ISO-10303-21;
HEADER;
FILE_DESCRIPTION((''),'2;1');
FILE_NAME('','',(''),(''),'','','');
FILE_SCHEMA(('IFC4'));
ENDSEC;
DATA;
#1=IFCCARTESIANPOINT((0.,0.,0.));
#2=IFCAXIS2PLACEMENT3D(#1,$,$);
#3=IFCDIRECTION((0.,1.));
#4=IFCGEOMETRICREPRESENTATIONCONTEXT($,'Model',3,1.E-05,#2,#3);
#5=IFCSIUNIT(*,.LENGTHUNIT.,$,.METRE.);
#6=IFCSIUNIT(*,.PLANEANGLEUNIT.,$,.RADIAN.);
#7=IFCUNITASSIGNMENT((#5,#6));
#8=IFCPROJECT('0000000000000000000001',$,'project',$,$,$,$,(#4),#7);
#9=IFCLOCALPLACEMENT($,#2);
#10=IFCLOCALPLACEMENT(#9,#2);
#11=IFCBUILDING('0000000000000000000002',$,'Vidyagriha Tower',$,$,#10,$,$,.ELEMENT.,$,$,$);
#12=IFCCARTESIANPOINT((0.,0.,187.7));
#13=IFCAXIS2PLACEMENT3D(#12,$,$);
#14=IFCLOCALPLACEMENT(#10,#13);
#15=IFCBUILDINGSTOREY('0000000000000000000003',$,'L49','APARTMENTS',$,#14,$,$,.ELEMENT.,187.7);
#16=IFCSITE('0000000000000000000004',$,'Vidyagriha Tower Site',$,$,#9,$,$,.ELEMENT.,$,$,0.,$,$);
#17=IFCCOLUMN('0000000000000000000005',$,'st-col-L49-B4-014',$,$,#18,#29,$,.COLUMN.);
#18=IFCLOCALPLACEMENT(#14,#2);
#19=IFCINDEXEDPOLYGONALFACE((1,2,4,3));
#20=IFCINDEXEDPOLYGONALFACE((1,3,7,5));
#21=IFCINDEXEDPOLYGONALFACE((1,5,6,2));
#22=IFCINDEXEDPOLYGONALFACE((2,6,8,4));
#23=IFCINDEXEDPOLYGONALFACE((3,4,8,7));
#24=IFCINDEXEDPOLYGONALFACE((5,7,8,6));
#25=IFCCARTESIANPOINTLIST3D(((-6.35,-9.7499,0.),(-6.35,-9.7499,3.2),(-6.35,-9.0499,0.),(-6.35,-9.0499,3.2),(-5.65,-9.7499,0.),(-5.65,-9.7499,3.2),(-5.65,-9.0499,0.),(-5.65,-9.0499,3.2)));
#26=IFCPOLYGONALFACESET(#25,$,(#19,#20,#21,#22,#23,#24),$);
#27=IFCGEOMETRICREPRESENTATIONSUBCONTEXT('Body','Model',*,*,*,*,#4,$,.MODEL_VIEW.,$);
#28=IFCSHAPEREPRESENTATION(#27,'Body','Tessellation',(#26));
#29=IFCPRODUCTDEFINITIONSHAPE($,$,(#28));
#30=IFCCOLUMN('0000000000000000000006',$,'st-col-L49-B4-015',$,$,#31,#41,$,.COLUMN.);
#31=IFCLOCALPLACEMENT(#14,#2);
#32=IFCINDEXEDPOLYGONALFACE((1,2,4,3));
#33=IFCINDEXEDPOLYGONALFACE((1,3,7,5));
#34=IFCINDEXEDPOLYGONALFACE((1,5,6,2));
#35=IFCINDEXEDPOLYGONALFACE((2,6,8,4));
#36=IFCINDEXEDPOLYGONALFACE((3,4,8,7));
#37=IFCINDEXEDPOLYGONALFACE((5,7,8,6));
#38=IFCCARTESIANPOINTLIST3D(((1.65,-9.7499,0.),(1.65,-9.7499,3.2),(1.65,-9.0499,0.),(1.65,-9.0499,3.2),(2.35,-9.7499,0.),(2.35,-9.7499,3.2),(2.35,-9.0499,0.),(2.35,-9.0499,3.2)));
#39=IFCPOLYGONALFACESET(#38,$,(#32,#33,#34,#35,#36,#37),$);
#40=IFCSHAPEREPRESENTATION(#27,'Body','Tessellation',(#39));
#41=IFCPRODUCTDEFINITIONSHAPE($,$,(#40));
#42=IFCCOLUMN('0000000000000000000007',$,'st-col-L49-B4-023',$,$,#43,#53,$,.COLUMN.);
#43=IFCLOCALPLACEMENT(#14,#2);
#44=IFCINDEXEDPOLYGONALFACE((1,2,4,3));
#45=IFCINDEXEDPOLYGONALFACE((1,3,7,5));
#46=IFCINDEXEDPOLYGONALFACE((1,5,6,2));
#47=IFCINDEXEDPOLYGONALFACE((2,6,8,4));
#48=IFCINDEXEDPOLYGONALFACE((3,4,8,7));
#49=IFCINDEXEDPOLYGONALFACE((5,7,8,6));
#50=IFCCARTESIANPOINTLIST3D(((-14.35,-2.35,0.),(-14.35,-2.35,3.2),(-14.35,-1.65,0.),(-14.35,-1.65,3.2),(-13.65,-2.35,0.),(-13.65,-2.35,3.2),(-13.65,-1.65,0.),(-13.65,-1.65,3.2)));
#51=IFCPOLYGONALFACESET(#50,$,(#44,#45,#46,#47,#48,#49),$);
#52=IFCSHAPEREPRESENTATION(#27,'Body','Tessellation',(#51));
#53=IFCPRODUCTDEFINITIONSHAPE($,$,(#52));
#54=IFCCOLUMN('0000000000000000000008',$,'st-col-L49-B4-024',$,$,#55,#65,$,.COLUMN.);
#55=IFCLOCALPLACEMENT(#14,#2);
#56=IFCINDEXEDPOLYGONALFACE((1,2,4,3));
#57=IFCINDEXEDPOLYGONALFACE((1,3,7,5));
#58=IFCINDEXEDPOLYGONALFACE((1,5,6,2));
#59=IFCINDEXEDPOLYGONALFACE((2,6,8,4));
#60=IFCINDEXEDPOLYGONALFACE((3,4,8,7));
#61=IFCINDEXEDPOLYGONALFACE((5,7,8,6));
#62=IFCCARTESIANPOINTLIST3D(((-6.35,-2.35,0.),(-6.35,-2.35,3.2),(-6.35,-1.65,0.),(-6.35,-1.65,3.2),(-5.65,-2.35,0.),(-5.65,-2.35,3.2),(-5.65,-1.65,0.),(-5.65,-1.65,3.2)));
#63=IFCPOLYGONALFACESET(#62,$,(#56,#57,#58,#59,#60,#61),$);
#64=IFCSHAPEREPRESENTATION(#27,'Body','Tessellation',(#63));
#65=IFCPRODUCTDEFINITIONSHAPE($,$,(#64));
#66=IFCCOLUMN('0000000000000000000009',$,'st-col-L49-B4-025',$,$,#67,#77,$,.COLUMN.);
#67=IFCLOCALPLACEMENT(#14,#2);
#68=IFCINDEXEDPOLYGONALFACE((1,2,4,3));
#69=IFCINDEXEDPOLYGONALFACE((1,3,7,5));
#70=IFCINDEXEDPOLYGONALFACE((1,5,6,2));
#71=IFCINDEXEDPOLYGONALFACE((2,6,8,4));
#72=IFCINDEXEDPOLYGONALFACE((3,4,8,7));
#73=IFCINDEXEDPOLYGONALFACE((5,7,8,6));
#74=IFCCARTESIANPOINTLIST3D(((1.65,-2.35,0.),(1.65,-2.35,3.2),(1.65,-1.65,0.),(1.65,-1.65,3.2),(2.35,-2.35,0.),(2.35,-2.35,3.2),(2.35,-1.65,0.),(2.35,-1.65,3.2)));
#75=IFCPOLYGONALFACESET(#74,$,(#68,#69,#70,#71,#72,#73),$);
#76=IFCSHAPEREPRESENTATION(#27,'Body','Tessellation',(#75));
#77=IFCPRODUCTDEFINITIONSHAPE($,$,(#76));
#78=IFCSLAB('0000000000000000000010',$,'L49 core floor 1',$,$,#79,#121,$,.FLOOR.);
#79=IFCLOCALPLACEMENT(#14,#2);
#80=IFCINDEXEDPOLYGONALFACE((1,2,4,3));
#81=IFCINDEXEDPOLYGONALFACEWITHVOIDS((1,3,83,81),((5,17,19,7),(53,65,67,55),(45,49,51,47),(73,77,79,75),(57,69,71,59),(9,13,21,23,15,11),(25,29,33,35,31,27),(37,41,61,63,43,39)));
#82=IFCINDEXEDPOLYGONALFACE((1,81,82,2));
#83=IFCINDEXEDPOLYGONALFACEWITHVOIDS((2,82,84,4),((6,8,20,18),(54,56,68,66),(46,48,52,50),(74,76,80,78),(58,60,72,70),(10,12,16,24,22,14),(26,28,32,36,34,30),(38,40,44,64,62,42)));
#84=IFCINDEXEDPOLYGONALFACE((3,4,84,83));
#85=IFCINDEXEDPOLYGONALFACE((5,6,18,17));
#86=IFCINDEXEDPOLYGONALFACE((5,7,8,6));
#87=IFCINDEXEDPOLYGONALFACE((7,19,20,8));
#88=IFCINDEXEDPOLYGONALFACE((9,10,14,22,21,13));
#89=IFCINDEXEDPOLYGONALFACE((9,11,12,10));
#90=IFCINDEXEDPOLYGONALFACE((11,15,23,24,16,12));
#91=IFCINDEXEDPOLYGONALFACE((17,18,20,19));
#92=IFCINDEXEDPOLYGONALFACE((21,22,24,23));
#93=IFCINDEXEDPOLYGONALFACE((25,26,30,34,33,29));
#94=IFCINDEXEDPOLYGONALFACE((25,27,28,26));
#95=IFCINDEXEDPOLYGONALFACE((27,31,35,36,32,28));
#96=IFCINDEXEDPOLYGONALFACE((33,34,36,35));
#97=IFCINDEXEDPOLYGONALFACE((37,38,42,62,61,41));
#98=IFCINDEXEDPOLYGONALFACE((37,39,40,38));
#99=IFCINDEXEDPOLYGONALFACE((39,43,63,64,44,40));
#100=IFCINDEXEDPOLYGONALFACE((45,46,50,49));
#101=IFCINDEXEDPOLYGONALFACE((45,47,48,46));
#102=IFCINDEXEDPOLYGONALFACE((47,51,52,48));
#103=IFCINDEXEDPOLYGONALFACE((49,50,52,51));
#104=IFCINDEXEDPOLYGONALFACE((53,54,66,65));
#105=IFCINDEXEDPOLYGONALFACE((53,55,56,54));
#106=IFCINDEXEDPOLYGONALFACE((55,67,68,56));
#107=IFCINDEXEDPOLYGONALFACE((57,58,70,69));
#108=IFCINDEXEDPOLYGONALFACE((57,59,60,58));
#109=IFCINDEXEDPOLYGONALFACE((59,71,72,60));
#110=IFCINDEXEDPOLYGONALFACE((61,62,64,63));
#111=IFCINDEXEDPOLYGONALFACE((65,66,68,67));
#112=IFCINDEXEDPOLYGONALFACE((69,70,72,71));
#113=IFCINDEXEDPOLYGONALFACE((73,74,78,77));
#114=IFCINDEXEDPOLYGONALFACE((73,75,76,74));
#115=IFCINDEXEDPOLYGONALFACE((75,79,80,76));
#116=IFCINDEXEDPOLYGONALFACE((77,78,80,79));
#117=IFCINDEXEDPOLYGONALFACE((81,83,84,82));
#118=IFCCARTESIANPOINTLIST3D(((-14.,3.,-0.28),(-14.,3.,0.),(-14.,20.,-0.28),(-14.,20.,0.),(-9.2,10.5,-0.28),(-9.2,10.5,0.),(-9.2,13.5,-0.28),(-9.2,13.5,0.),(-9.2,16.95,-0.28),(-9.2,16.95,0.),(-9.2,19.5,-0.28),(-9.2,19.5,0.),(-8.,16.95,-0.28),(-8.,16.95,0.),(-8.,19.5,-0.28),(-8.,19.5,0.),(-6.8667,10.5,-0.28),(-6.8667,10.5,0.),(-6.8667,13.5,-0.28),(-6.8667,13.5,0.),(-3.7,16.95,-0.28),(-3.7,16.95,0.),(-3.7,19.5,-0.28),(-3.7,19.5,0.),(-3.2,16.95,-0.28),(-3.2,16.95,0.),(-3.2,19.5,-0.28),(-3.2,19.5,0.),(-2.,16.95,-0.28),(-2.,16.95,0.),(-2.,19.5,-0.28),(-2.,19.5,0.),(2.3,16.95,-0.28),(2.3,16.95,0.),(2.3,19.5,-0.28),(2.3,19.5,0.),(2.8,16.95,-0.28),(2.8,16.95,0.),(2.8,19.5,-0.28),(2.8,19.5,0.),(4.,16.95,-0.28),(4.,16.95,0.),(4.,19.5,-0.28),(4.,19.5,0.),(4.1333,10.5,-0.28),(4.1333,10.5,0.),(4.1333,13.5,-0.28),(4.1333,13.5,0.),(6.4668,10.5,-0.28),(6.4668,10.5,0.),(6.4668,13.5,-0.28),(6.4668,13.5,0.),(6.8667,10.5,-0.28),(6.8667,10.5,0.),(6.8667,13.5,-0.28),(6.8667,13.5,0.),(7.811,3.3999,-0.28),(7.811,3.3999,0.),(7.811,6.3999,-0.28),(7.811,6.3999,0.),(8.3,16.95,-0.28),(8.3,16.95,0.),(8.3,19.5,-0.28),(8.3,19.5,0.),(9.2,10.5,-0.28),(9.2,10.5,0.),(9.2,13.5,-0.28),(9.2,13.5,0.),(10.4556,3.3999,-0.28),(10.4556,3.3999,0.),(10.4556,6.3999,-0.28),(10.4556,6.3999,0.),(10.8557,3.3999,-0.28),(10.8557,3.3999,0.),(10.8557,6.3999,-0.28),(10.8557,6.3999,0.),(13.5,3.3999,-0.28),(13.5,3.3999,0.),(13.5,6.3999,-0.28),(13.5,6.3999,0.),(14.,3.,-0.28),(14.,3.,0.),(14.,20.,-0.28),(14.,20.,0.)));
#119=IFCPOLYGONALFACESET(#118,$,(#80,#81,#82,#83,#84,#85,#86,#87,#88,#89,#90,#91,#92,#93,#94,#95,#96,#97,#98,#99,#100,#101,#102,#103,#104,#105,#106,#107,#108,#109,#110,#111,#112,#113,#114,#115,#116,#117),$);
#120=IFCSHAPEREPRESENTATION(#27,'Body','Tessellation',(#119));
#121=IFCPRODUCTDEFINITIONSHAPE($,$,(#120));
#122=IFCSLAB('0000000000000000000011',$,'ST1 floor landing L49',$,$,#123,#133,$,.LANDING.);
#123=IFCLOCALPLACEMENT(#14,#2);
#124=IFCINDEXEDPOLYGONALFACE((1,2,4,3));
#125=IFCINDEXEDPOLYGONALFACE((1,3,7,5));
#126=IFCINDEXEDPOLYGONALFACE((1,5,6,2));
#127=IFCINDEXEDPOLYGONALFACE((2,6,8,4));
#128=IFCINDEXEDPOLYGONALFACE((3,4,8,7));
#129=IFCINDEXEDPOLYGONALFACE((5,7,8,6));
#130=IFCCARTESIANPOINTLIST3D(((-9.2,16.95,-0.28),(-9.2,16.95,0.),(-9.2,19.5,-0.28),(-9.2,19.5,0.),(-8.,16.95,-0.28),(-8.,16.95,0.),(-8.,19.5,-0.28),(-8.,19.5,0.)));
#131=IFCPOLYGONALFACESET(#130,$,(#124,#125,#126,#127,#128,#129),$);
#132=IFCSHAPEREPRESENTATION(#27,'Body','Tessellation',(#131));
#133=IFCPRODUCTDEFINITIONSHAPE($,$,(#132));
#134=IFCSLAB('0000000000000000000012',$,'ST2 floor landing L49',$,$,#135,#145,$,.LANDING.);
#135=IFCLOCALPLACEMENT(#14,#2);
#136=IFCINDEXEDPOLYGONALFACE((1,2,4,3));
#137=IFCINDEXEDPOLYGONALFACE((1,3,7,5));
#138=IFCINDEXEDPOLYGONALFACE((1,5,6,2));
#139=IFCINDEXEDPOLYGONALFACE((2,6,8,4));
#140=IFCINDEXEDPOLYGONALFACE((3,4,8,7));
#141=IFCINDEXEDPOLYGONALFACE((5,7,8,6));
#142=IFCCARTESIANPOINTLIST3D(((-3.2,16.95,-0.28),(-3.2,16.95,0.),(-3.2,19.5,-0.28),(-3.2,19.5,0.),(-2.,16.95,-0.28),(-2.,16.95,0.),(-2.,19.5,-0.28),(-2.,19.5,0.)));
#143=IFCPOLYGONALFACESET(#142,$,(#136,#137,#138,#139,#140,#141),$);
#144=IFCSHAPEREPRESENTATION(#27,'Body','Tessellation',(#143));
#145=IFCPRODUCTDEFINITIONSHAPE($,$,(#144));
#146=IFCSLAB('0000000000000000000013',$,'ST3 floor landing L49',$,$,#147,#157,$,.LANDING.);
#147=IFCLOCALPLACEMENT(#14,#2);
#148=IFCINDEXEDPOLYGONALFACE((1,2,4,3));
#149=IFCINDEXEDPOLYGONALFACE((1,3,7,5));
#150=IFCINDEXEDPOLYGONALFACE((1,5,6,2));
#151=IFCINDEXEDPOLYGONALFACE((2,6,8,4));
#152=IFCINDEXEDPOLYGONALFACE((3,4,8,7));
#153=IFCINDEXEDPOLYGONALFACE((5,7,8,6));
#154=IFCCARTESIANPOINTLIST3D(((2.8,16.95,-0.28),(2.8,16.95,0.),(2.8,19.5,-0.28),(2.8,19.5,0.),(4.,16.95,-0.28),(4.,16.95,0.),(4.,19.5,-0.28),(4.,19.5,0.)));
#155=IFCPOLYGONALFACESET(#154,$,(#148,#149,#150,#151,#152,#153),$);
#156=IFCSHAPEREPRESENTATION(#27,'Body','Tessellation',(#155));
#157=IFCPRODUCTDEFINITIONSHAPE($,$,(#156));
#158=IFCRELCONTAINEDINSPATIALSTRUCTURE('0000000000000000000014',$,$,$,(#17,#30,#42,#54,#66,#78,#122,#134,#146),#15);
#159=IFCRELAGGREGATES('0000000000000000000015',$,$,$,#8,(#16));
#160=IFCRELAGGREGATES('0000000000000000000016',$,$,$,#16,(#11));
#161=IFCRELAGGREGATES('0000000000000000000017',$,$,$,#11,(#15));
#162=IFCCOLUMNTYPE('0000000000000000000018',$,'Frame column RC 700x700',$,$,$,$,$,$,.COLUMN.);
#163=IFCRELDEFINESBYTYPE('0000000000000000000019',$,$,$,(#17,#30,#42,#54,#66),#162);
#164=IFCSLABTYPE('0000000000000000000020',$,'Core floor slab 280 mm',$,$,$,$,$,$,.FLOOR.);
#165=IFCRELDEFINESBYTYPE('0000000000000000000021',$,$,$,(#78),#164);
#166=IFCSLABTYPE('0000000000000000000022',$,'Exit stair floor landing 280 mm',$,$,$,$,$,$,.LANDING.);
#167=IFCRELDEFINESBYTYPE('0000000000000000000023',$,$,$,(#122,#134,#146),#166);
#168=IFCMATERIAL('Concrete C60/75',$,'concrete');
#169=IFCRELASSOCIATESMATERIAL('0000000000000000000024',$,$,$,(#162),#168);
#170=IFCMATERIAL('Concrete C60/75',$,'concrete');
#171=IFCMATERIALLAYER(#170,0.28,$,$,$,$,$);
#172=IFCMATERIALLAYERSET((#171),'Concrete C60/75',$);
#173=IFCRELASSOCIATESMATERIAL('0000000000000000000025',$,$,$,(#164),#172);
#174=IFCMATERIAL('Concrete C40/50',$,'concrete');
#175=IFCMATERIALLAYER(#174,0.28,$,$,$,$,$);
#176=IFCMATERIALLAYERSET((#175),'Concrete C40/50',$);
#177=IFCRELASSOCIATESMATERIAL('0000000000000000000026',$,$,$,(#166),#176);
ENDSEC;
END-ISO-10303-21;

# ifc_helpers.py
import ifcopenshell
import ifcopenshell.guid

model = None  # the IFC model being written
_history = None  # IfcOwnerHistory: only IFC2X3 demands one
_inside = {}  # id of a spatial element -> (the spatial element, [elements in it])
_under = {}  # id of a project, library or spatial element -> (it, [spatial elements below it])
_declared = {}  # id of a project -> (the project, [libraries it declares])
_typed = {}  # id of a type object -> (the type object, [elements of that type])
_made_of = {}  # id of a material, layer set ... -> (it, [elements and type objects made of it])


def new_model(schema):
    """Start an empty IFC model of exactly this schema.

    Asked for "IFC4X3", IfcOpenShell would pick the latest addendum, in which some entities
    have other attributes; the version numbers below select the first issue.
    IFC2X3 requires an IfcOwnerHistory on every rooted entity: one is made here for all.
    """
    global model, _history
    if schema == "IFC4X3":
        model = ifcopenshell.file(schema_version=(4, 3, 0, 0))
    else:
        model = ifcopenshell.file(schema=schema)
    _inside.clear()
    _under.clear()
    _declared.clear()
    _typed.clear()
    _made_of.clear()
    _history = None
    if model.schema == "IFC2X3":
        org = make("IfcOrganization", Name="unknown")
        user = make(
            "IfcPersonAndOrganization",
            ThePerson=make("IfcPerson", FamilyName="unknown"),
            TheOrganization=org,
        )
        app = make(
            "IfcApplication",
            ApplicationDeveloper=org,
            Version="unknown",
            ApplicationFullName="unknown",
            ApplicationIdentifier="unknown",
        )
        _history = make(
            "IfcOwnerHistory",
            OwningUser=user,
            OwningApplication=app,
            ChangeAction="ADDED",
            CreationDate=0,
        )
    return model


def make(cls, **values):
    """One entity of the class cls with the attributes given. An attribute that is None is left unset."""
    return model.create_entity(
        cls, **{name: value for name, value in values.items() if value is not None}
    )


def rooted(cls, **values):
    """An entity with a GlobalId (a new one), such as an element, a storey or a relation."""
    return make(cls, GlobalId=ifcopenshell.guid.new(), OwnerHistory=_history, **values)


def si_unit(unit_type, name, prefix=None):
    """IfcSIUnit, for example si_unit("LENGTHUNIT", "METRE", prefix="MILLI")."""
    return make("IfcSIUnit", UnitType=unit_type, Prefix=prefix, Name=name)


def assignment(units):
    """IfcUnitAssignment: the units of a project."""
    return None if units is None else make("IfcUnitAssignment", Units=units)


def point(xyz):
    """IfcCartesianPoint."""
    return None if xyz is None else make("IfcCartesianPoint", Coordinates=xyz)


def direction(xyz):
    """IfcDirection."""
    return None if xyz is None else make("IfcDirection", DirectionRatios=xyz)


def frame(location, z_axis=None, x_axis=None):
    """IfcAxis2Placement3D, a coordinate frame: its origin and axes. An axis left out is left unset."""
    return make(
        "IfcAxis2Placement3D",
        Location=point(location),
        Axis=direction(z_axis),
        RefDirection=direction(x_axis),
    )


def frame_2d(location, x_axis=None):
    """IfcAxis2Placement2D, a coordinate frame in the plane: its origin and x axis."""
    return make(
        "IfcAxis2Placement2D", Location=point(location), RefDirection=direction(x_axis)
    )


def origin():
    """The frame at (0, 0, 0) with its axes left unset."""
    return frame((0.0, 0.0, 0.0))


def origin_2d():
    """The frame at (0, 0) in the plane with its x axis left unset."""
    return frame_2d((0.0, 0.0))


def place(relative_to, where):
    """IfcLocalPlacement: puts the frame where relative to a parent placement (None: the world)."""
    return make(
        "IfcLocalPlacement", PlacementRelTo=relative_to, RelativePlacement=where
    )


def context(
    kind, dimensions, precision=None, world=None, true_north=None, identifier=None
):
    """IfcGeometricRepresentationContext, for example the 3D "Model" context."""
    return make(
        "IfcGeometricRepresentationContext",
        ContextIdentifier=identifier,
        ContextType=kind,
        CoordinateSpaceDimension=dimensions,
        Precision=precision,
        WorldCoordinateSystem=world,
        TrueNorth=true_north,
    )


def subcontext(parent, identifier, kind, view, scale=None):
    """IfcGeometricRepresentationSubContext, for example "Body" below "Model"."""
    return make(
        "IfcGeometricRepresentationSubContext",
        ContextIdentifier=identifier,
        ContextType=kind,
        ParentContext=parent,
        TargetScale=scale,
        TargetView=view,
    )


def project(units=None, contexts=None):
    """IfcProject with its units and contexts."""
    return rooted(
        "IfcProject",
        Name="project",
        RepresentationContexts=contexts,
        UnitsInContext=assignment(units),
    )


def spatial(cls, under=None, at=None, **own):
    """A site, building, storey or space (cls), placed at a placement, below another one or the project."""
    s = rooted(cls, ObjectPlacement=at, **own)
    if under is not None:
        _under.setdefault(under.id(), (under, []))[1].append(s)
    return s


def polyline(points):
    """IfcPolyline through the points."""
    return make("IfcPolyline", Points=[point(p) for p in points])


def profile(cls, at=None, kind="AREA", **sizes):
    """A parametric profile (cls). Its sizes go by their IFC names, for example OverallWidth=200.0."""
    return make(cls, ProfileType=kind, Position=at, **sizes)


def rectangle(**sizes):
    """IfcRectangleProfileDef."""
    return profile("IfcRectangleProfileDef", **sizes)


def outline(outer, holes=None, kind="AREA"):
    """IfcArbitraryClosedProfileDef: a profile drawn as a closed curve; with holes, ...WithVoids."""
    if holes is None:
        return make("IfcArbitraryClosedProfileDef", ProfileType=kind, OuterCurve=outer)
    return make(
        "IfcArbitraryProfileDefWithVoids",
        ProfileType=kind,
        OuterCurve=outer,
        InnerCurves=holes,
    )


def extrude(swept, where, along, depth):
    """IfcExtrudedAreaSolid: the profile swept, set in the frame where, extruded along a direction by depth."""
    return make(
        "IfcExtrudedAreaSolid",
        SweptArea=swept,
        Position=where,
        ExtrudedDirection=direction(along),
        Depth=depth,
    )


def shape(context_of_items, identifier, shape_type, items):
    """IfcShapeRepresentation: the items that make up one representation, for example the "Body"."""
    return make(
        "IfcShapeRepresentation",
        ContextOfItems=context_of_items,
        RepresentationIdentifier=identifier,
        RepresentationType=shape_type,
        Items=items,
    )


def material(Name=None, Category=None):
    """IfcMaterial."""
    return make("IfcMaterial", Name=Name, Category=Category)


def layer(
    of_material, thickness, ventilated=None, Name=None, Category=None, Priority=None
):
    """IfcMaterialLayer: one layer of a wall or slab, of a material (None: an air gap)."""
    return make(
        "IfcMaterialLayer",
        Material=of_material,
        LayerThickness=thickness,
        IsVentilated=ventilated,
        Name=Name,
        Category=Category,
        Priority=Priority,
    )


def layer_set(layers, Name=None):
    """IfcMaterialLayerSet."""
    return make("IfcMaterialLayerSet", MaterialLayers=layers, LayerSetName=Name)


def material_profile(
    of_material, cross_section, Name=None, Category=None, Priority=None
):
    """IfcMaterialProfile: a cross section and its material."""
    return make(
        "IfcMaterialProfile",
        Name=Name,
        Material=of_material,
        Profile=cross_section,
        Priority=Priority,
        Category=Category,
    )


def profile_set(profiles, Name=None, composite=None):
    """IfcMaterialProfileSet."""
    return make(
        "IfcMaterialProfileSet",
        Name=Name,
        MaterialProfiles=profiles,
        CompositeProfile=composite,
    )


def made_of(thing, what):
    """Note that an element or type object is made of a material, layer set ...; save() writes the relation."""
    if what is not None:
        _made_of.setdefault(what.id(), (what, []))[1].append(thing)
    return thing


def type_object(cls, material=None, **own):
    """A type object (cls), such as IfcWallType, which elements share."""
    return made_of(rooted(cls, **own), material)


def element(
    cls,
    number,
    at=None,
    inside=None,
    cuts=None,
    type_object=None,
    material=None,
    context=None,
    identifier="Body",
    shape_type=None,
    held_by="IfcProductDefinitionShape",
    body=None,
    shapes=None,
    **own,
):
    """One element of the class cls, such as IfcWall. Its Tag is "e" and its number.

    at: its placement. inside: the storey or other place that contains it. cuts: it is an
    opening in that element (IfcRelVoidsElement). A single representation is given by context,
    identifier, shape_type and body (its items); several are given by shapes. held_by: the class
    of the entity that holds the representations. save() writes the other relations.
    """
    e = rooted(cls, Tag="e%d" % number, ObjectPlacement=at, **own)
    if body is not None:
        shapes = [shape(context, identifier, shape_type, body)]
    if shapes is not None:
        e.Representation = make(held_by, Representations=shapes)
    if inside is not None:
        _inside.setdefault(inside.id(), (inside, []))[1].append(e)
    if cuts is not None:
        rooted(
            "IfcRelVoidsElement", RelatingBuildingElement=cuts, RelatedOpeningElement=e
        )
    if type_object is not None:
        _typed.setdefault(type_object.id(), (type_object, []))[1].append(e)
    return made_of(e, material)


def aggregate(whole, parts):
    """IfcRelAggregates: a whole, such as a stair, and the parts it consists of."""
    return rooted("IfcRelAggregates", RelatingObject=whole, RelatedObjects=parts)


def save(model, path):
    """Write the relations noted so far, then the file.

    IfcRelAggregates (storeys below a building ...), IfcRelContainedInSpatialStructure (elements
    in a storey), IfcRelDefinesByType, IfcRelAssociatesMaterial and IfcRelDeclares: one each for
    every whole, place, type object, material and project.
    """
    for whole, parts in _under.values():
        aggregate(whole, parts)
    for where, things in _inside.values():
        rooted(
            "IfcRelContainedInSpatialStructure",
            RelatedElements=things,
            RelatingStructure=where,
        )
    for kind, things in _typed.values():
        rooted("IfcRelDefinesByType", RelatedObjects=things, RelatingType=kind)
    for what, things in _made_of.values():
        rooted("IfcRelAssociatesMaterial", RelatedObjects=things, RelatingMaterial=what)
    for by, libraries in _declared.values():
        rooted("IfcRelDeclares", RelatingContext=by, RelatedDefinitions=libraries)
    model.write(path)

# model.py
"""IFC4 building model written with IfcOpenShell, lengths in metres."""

from ifc_helpers import new_model, si_unit, direction, frame, origin, origin_2d, place, context, subcontext, project, spatial, polyline, rectangle, outline, extrude, material, layer, layer_set, material_profile, profile_set, type_object, element, save


model = new_model("IFC4")

# Units and contexts
model_context = context("Model", 3, precision=1e-05, world=origin(), true_north=direction((0.0, 1.0)))
body_context = subcontext(model_context, "Body", "Model", "MODEL_VIEW")
ifc_project = project(units=[si_unit("LENGTHUNIT", "METRE"), si_unit("PLANEANGLEUNIT", "RADIAN")], contexts=[model_context])

# Site, building, storey
site_placement = place(None, origin())
site = spatial("IfcSite", under=ifc_project, at=site_placement, Name="Vidyagriha Tower Site", CompositionType="ELEMENT", RefElevation=0.0)
building_placement = place(site_placement, origin())
building = spatial("IfcBuilding", under=site, at=building_placement, Name="Vidyagriha Tower", CompositionType="ELEMENT")
storey_placement = place(building_placement, frame((0.0, 0.0, 187.7)))
storey = spatial("IfcBuildingStorey", under=building, at=storey_placement, Name="L49", Description="APARTMENTS", CompositionType="ELEMENT", Elevation=187.7)

# Columns
ifc_material_1 = material(Name="Concrete C60/75", Category="concrete")
ifc_material_profile = material_profile(ifc_material_1, rectangle(XDim=0.7, YDim=0.7, at=origin_2d()), Name="RC 700x700")
ifc_profile_set = profile_set([ifc_material_profile], Name="Concrete C60/75")
column_type = type_object("IfcColumnType", Name="Frame column RC 700x700", PredefinedType="COLUMN", material=ifc_profile_set)
for number, where, name in (
    (1, (-6.0, -9.3999, 0.0), "st-col-L49-B4-014"),
    (2, (2.0, -9.3999, 0.0), "st-col-L49-B4-015"),
    (3, (-14.0, -2.0, 0.0), "st-col-L49-B4-023"),
    (4, (-6.0, -2.0, 0.0), "st-col-L49-B4-024"),
    (5, (2.0, -2.0, 0.0), "st-col-L49-B4-025"),
):
    element("IfcColumn", number, at=place(storey_placement, frame(where)), inside=storey, type_object=column_type, Name=name, PredefinedType="COLUMN", context=body_context, shape_type="SweptSolid", body=[
        extrude(rectangle(XDim=0.7, YDim=0.7, at=origin_2d()), origin(), (0.0, 0.0, 1.0), 3.2),
    ])

# Slabs
ifc_material_2 = material(Name="Concrete C60/75", Category="concrete")
ifc_layer_1 = layer(ifc_material_2, 0.28)
ifc_layer_set_1 = layer_set([ifc_layer_1], Name="Concrete C60/75")
slab_type_1 = type_object("IfcSlabType", Name="Core floor slab 280 mm", PredefinedType="FLOOR", material=ifc_layer_set_1)
slab_1_placement = place(storey_placement, frame((0.0, 0.0, -0.28)))
element("IfcSlab", 6, at=slab_1_placement, inside=storey, type_object=slab_type_1, Name="L49 core floor 1", PredefinedType="FLOOR", context=body_context, shape_type="SweptSolid", body=[
    extrude(outline(polyline([(-14.0, 3.0), (-14.0, 20.0), (14.0, 20.0), (14.0, 3.0), (-14.0, 3.0)]), holes=[polyline([(13.5, 6.3999), (10.8557, 6.3999), (10.8557, 3.3999), (13.5, 3.3999), (13.5, 6.3999)]), polyline([(10.4556, 6.3999), (7.811, 6.3999), (7.811, 3.3999), (10.4556, 3.3999), (10.4556, 6.3999)]), polyline([(9.2, 13.5), (6.8667, 13.5), (6.8667, 10.5), (9.2, 10.5), (9.2, 13.5)]), polyline([(2.8, 19.5), (2.8, 16.95), (4.0, 16.95), (8.3, 16.95), (8.3, 19.5), (4.0, 19.5), (2.8, 19.5)]), polyline([(4.1333, 13.5), (4.1333, 10.5), (6.4668, 10.5), (6.4668, 13.5), (4.1333, 13.5)]), polyline([(-2.0, 19.5), (-3.2, 19.5), (-3.2, 16.95), (-2.0, 16.95), (2.3, 16.95), (2.3, 19.5), (-2.0, 19.5)]), polyline([(-9.2, 19.5), (-9.2, 16.95), (-8.0, 16.95), (-3.7, 16.95), (-3.7, 19.5), (-8.0, 19.5), (-9.2, 19.5)]), polyline([(-9.2, 13.5), (-9.2, 10.5), (-6.8667, 10.5), (-6.8667, 13.5), (-9.2, 13.5)])]), origin(), (0.0, 0.0, 1.0), 0.28),
])
ifc_material_3 = material(Name="Concrete C40/50", Category="concrete")
ifc_layer_2 = layer(ifc_material_3, 0.28)
ifc_layer_set_2 = layer_set([ifc_layer_2], Name="Concrete C40/50")
slab_type_2 = type_object("IfcSlabType", Name="Exit stair floor landing 280 mm", PredefinedType="LANDING", material=ifc_layer_set_2)
slab_2_placement = place(storey_placement, frame((0.0, 0.0, -0.28)))
element("IfcSlab", 7, at=slab_2_placement, inside=storey, type_object=slab_type_2, Name="ST1 floor landing L49", PredefinedType="LANDING", context=body_context, shape_type="SweptSolid", body=[
    extrude(outline(polyline([(-9.2, 16.95), (-8.0, 16.95), (-8.0, 19.5), (-9.2, 19.5), (-9.2, 16.95)])), origin(), (0.0, 0.0, 1.0), 0.28),
])
slab_3_placement = place(storey_placement, frame((0.0, 0.0, -0.28)))
element("IfcSlab", 8, at=slab_3_placement, inside=storey, type_object=slab_type_2, Name="ST2 floor landing L49", PredefinedType="LANDING", context=body_context, shape_type="SweptSolid", body=[
    extrude(outline(polyline([(-3.2, 16.95), (-2.0, 16.95), (-2.0, 19.5), (-3.2, 19.5), (-3.2, 16.95)])), origin(), (0.0, 0.0, 1.0), 0.28),
])
slab_4_placement = place(storey_placement, frame((0.0, 0.0, -0.28)))
element("IfcSlab", 9, at=slab_4_placement, inside=storey, type_object=slab_type_2, Name="ST3 floor landing L49", PredefinedType="LANDING", context=body_context, shape_type="SweptSolid", body=[
    extrude(outline(polyline([(2.8, 16.95), (4.0, 16.95), (4.0, 19.5), (2.8, 19.5), (2.8, 16.95)])), origin(), (0.0, 0.0, 1.0), 0.28),
])

save(model, "model.ifc")
